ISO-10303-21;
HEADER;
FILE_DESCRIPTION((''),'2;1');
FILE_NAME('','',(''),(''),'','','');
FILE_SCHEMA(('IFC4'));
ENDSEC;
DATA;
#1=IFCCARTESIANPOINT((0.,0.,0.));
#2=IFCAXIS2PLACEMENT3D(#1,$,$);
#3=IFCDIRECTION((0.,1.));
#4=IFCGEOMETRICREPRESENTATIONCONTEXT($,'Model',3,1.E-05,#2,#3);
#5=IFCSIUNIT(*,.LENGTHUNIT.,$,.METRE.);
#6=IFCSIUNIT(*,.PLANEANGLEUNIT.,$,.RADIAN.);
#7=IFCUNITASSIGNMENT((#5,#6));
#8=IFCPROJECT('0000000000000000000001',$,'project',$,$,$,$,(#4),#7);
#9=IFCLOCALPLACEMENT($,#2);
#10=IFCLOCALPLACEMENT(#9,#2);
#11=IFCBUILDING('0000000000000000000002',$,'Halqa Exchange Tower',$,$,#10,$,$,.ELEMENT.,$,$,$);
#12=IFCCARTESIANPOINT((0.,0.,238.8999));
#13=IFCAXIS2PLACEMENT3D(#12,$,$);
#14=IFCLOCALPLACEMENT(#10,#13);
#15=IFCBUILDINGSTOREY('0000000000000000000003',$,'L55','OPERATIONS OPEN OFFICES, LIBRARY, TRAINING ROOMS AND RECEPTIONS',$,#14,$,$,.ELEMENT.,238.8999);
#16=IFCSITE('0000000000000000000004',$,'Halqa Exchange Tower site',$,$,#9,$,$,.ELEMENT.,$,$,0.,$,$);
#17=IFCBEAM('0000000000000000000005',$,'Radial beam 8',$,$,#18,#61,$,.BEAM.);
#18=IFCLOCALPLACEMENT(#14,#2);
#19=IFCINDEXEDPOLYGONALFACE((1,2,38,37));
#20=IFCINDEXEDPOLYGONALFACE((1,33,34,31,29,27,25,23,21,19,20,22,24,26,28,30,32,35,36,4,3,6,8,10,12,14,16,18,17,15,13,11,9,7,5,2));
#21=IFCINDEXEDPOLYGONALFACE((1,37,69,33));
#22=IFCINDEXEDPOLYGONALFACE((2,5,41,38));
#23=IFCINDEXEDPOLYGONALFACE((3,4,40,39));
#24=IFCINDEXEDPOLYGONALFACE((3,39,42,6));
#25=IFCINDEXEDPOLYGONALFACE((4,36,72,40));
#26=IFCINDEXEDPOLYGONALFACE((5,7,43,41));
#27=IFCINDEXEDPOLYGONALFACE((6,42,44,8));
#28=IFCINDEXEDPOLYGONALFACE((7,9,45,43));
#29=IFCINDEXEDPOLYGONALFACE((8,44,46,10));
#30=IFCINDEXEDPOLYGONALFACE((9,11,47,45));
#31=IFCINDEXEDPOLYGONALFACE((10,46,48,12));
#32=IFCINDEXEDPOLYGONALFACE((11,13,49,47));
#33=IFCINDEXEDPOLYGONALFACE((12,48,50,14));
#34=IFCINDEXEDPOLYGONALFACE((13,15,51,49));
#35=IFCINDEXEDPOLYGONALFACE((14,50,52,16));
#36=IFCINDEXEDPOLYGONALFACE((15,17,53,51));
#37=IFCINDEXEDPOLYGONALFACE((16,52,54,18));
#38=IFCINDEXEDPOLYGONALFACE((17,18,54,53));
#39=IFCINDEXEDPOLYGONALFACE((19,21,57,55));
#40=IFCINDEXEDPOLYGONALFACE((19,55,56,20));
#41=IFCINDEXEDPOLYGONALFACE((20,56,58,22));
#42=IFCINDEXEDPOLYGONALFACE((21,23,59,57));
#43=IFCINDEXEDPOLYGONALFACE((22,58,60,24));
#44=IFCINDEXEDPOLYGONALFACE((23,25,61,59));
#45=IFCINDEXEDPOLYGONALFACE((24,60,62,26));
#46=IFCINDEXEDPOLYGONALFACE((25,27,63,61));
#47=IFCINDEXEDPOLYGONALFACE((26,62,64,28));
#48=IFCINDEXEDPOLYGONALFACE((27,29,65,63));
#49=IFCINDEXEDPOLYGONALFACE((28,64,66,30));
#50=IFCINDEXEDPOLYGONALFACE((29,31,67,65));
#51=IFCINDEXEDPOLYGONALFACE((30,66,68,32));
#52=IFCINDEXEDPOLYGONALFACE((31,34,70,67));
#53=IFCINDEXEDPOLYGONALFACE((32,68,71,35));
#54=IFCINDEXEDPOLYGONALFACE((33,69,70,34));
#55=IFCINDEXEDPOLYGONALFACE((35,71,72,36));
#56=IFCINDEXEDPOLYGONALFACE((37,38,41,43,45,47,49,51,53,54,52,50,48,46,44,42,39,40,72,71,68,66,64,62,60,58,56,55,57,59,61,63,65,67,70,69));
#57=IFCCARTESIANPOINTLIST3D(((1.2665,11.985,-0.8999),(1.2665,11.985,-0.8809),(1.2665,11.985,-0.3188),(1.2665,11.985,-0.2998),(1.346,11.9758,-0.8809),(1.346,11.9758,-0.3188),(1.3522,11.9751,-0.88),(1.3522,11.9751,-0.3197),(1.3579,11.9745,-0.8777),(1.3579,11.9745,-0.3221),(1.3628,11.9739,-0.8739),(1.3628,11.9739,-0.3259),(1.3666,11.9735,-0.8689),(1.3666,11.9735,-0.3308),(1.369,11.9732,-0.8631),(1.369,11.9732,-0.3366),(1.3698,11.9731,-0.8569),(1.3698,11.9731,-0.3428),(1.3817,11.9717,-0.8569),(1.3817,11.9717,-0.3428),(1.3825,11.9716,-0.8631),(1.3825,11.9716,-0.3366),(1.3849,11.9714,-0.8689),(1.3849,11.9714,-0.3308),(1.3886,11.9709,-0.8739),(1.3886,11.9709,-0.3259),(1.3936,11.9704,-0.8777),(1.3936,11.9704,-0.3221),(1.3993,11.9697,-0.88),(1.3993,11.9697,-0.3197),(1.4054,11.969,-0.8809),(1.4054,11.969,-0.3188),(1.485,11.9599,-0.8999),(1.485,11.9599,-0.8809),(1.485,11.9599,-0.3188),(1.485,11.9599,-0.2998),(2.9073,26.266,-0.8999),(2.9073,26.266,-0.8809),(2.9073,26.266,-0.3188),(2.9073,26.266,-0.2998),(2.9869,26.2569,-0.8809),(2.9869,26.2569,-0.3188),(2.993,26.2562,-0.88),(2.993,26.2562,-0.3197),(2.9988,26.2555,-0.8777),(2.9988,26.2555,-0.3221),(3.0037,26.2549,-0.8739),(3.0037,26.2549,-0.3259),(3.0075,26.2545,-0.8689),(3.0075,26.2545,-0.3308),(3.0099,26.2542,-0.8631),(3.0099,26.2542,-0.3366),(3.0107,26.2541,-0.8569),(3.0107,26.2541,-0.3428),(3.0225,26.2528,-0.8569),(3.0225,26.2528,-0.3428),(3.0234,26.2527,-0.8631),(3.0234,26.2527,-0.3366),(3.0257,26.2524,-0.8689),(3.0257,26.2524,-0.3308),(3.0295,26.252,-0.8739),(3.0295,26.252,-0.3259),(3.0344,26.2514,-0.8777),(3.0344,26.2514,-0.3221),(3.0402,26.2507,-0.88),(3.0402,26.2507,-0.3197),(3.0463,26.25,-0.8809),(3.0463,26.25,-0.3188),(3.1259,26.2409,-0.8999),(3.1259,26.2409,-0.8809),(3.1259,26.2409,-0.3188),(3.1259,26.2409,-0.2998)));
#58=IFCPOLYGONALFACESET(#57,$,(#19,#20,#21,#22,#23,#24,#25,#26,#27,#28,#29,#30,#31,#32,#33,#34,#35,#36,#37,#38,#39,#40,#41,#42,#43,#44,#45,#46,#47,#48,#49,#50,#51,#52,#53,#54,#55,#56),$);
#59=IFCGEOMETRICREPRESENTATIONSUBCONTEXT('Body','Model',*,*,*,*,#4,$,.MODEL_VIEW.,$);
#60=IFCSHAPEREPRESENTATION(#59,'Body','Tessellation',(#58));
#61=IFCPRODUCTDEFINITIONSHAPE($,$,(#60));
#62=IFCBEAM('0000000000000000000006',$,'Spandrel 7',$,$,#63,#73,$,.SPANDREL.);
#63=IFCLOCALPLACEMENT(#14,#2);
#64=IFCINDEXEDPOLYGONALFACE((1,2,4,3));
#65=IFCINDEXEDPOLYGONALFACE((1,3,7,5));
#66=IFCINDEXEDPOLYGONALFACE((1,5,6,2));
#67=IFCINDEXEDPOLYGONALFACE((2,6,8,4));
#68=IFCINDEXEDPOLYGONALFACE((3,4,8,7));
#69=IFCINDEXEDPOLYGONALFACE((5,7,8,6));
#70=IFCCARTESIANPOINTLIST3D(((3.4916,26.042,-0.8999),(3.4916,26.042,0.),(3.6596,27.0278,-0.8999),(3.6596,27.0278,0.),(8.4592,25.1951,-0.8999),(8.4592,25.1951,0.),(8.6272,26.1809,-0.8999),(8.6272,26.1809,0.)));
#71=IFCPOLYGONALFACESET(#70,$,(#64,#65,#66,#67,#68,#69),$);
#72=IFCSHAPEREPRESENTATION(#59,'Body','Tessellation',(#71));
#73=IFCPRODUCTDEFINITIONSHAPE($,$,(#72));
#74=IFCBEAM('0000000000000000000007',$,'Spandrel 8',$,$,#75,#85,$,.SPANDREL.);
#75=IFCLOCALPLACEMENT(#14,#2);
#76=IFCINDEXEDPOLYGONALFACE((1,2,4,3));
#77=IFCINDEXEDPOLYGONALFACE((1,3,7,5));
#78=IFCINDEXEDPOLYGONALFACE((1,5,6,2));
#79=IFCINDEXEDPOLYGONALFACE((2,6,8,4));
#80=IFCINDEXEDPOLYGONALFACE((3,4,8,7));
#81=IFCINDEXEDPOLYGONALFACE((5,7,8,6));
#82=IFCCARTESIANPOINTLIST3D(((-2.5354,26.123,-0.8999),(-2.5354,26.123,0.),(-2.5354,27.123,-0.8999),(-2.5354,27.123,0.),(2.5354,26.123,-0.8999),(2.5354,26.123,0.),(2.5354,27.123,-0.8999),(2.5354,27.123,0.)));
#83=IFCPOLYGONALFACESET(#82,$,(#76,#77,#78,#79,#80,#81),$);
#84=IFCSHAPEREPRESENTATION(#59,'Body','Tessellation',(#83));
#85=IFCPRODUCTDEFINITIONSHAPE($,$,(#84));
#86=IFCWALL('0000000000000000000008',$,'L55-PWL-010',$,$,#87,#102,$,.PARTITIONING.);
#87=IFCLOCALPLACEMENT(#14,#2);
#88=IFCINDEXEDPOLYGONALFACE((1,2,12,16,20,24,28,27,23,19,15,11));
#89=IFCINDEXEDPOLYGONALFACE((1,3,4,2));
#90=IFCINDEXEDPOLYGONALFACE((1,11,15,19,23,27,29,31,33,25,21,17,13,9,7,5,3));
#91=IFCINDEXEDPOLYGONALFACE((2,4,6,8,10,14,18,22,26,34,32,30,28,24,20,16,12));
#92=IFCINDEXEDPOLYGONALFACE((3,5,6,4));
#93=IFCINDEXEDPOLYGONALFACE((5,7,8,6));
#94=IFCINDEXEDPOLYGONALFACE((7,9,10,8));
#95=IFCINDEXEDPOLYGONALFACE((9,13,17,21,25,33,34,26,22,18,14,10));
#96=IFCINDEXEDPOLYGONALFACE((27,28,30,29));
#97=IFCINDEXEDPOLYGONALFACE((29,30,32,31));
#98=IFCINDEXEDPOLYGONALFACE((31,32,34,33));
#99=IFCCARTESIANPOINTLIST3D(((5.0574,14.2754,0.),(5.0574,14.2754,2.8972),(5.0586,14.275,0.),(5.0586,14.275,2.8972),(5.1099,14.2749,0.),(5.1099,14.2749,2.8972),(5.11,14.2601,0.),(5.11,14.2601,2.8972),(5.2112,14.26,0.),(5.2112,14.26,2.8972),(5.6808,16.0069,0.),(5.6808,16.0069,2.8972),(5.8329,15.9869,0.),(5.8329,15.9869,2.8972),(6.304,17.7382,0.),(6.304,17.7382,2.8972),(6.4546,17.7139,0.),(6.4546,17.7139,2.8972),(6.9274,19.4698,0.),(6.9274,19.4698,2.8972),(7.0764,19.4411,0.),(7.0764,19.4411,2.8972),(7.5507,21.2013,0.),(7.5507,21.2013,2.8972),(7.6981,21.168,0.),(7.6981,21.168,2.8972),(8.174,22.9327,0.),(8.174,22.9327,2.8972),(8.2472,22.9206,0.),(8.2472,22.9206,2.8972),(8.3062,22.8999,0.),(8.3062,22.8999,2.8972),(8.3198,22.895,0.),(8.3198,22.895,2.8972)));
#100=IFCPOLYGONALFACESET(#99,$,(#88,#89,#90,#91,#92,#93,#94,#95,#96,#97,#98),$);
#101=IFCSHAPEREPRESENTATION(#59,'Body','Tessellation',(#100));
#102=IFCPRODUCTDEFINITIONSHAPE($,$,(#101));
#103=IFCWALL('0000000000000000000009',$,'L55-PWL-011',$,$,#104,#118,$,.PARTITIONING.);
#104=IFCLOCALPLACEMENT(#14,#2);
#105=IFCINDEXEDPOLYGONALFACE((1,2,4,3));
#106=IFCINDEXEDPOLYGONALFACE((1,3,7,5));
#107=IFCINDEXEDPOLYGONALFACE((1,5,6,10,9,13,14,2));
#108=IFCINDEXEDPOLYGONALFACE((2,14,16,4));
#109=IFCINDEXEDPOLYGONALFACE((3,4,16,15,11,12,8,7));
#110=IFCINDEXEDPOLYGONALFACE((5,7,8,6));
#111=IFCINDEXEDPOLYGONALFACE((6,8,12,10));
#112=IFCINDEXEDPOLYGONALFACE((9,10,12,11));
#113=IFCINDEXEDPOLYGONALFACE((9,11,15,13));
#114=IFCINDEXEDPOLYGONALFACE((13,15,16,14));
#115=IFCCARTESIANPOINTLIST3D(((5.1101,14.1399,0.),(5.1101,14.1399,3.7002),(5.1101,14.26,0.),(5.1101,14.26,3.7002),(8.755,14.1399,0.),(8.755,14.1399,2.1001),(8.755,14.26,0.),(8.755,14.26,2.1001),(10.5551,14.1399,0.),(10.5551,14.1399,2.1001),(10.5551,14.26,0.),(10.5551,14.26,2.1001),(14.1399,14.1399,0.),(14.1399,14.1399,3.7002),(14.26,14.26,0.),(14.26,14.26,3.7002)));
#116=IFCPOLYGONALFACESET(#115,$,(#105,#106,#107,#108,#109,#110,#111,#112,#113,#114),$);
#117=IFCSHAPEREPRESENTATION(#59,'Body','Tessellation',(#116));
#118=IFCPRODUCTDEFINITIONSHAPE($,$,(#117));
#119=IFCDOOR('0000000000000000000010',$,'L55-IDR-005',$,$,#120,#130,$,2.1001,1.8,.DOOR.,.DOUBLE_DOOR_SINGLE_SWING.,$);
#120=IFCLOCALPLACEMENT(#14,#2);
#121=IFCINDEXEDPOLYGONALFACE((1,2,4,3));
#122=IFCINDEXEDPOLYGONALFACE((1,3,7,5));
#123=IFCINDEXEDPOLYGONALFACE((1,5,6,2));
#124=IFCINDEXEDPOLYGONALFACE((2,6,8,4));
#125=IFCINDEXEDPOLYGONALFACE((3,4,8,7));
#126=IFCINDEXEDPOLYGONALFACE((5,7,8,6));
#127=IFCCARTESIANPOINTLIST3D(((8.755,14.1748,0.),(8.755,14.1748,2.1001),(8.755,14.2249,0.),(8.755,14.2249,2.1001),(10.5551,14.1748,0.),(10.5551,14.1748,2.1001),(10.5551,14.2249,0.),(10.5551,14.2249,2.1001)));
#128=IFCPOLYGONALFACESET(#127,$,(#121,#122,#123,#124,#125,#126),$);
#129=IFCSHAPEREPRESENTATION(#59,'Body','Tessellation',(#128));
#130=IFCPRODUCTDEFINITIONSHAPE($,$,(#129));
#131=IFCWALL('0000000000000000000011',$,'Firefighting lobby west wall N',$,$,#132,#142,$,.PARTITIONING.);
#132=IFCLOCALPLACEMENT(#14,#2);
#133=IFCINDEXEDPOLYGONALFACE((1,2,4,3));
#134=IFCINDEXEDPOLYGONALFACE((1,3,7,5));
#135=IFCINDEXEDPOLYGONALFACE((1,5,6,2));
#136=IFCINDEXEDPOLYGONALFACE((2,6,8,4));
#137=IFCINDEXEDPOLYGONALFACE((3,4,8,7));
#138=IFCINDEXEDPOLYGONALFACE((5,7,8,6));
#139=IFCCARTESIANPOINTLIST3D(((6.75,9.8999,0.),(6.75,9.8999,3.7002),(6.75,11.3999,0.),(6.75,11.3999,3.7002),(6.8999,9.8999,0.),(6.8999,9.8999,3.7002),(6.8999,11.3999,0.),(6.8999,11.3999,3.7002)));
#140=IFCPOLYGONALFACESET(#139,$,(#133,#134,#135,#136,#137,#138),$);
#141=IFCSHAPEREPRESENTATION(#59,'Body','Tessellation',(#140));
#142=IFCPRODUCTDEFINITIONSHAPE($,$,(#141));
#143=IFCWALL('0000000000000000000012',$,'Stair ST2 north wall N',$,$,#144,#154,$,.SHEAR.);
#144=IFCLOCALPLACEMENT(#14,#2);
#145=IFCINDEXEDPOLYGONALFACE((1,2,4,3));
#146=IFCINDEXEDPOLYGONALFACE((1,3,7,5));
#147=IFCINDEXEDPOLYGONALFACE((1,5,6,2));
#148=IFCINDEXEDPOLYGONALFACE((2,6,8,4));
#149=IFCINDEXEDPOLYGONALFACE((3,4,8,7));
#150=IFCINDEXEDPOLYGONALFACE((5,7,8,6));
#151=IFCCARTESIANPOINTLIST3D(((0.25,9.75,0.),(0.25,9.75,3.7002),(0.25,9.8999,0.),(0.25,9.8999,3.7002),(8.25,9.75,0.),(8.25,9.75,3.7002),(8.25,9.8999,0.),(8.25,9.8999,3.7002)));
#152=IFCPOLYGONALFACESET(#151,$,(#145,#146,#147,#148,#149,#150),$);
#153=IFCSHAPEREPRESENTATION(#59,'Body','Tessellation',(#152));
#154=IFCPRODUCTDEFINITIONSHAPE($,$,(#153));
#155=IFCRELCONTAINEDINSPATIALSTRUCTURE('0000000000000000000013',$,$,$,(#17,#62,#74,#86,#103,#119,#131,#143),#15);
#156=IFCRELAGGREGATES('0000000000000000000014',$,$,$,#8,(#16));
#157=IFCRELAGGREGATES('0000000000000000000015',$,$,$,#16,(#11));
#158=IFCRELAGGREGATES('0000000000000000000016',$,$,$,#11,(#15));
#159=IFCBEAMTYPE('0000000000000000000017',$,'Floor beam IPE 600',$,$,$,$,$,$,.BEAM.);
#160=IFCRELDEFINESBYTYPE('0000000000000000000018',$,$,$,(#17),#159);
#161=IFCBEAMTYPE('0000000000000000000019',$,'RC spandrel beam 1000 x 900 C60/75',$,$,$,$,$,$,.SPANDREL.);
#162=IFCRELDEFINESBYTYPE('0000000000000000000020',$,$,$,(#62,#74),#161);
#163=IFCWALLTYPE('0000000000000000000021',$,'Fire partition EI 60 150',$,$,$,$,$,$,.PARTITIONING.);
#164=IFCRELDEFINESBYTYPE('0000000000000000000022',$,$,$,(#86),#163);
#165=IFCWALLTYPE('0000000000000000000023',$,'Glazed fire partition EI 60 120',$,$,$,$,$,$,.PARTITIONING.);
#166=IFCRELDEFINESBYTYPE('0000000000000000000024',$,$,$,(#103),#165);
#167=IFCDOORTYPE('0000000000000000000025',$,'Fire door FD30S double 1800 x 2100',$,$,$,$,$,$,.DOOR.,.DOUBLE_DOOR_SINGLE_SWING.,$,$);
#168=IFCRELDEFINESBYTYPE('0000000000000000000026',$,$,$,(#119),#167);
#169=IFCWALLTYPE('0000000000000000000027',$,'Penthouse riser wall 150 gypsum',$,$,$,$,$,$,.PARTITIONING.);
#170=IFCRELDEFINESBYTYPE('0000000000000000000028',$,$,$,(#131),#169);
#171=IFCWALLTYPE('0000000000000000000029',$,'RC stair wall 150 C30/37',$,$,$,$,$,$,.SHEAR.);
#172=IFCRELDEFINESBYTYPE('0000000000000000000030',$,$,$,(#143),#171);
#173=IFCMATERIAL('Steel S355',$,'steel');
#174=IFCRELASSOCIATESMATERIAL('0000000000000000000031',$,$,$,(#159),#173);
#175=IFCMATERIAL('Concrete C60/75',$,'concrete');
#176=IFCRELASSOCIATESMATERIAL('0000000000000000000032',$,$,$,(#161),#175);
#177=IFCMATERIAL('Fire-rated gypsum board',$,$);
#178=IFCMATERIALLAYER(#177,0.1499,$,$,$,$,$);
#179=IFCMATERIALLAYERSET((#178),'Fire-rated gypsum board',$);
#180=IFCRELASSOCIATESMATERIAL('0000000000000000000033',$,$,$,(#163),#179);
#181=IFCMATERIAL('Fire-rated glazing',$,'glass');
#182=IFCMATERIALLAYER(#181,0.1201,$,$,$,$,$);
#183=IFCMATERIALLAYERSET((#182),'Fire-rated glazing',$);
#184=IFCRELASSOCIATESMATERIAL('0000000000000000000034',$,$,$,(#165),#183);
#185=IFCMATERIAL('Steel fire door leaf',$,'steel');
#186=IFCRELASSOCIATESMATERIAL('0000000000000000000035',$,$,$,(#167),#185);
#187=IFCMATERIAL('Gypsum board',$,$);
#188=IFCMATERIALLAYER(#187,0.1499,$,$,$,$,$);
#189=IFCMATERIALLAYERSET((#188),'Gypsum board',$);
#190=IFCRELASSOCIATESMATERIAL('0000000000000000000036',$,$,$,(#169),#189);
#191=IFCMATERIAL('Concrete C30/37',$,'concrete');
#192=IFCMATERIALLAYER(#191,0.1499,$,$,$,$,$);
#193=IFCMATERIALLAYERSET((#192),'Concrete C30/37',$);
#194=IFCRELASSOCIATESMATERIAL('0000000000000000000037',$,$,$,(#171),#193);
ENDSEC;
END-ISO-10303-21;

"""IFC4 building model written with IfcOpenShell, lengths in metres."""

from ifc_helpers import new_model, si_unit, direction, frame, frame_2d, origin, origin_2d, place, context, subcontext, project, spatial, polyline, rectangle, i_section, outline, extrude, material, layer, layer_set, material_profile, profile_set, type_object, element, fill, save


model = new_model("IFC4")

# Units and contexts
model_context = context("Model", 3, precision=1e-05, world=origin(), true_north=direction((0.0, 1.0)))
body_context = subcontext(model_context, "Body", "Model", "MODEL_VIEW")
ifc_project = project(units=[si_unit("LENGTHUNIT", "METRE"), si_unit("PLANEANGLEUNIT", "RADIAN")], contexts=[model_context])

# Site, building, storey
site_placement = place(None, origin())
site = spatial("IfcSite", under=ifc_project, at=site_placement, Name="Halqa Exchange Tower site", CompositionType="ELEMENT", RefElevation=0.0)
building_placement = place(site_placement, origin())
building = spatial("IfcBuilding", under=site, at=building_placement, Name="Halqa Exchange Tower", CompositionType="ELEMENT")
storey_placement = place(building_placement, frame((0.0, 0.0, 238.8999)))
storey = spatial("IfcBuildingStorey", under=building, at=storey_placement, Name="L55", Description="OPERATIONS OPEN OFFICES, LIBRARY, TRAINING ROOMS AND RECEPTIONS", CompositionType="ELEMENT", Elevation=238.8999)

# Shared definitions
ifc_material_1 = material(Name="Concrete C60/75", Category="concrete")

# Beams
ifc_material_2 = material(Name="Steel S355", Category="steel")
ifc_material_profile_1 = material_profile(ifc_material_2, i_section(OverallWidth=0.22, OverallDepth=0.6001, WebThickness=0.012, FlangeThickness=0.019, FilletRadius=0.0239, at=origin_2d()), Name="IPE 600")
ifc_profile_set_1 = profile_set([ifc_material_profile_1], Name="Steel S355")
beam_type_1 = type_object("IfcBeamType", Name="Floor beam IPE 600", PredefinedType="BEAM", material=ifc_profile_set_1)
beam_1_placement = place(storey_placement, frame((1.3757, 11.9724, -0.5999), z_axis=(0.114148, 0.993464, 0.0), x_axis=(-0.993464, 0.114148, 0.0)))
element("IfcBeam", 1, at=beam_1_placement, inside=storey, type_object=beam_type_1, Name="Radial beam 8", PredefinedType="BEAM", context=body_context, shape_type="SweptSolid", body=[
    extrude(i_section(OverallWidth=0.22, OverallDepth=0.6001, WebThickness=0.012, FlangeThickness=0.019, FilletRadius=0.0239, at=origin_2d()), origin(), (0.0, 0.0, 1.0), 14.375),
])
ifc_material_profile_2 = material_profile(ifc_material_1, rectangle(XDim=1.0, YDim=0.8999, at=origin_2d()), Name="1000 x 900")
ifc_profile_set_2 = profile_set([ifc_material_profile_2], Name="Concrete C60/75")
beam_type_2 = type_object("IfcBeamType", Name="RC spandrel beam 1000 x 900 C60/75", PredefinedType="SPANDREL", material=ifc_profile_set_2)
beam_2_placement = place(storey_placement, frame((8.5432, 25.688, -0.45), z_axis=(-0.985776, 0.168067, 0.0), x_axis=(-0.168067, -0.985776, 0.0)))
element("IfcBeam", 2, at=beam_2_placement, inside=storey, type_object=beam_type_2, Name="Spandrel 7", PredefinedType="SPANDREL", context=body_context, shape_type="SweptSolid", body=[
    extrude(rectangle(XDim=1.0, YDim=0.8999, at=origin_2d()), origin(), (0.0, 0.0, 1.0), 5.0393),
])
beam_3_placement = place(storey_placement, frame((2.5354, 26.623, -0.45), z_axis=(-1.0, 0.0, 0.0), x_axis=(0.0, -1.0, 0.0)))
element("IfcBeam", 3, at=beam_3_placement, inside=storey, type_object=beam_type_2, Name="Spandrel 8", PredefinedType="SPANDREL", context=body_context, shape_type="SweptSolid", body=[
    extrude(rectangle(XDim=1.0, YDim=0.8999, at=origin_2d()), origin(), (0.0, 0.0, 1.0), 5.0708),
])

# Wall
ifc_material_3 = material(Name="Fire-rated gypsum board")
ifc_layer_1 = layer(ifc_material_3, 0.1499)
ifc_layer_set_1 = layer_set([ifc_layer_1], Name="Fire-rated gypsum board")
wall_type_1 = type_object("IfcWallType", Name="Fire partition EI 60 150", PredefinedType="PARTITIONING", material=ifc_layer_set_1)
wall_1_placement = place(storey_placement, frame((5.1279, 14.25, 0.0), z_axis=(0.0, 0.0, 1.0), x_axis=(0.338719, 0.940888, 0.0)))
element("IfcWall", 4, at=wall_1_placement, inside=storey, type_object=wall_type_1, Name="L55-PWL-010", PredefinedType="PARTITIONING", context=body_context, shape_type="SweptSolid", body=[
    extrude(outline(polyline([(9.2151, -0.075), (9.2151, -0.0605), (9.2146, 0.002), (9.2012, 0.075), (7.3611, 0.075), (5.5208, 0.075), (3.6804, 0.075), (1.8403, 0.075), (0.0, 0.075), (0.0, 0.0737), (0.0173, 0.0254), (0.0034, 0.0203), (0.0376, -0.075), (1.873, -0.075), (3.7085, -0.075), (5.5442, -0.075), (7.3796, -0.075), (9.2151, -0.075)])), origin(), (0.0, 0.0, 1.0), 2.8972),
])

# Wall, opening, door
ifc_material_4 = material(Name="Fire-rated glazing", Category="glass")
ifc_layer_2 = layer(ifc_material_4, 0.1201)
ifc_layer_set_2 = layer_set([ifc_layer_2], Name="Fire-rated glazing")
wall_type_2 = type_object("IfcWallType", Name="Glazed fire partition EI 60 120", PredefinedType="PARTITIONING", material=ifc_layer_set_2)
wall_2_placement = place(storey_placement, frame((5.1101, 14.2, 0.0), z_axis=(0.0, 0.0, 1.0), x_axis=(1.0, 0.0, 0.0)))
wall_2 = element("IfcWall", 5, at=wall_2_placement, inside=storey, type_object=wall_type_2, Name="L55-PWL-011", PredefinedType="PARTITIONING", context=body_context, shape_type="SweptSolid", body=[
    extrude(outline(polyline([(0.0, -0.0601), (1.8059, -0.0601), (3.6118, -0.0601), (5.418, -0.0601), (7.2239, -0.0601), (9.0298, -0.0601), (9.1499, 0.0601), (7.3198, 0.0601), (5.49, 0.0601), (3.6599, 0.0601), (1.8301, 0.0601), (0.0, 0.0601), (0.0, -0.0601)])), origin(), (0.0, 0.0, 1.0), 3.7002),
])
opening_1_placement = place(wall_2_placement, frame((3.645, 0.0, 0.0)))
opening_1 = element("IfcOpeningElement", 6, at=opening_1_placement, cuts=wall_2, PredefinedType="OPENING", context=body_context, shape_type="SweptSolid", body=[
    extrude(rectangle(XDim=1.8, YDim=2.1001, at=frame_2d((0.8999, 1.05))), frame((0.0, 0.072, 0.0), z_axis=(0.0, -1.0, 0.0), x_axis=(1.0, 0.0, 0.0)), (0.0, 0.0, 1.0), 0.144),
])
ifc_material_5 = material(Name="Steel fire door leaf", Category="steel")
door_type_1 = type_object("IfcDoorType", Name="Fire door FD30S double 1800 x 2100", OperationType="DOUBLE_DOOR_SINGLE_SWING", PredefinedType="DOOR", material=ifc_material_5)
door_1_placement = place(opening_1_placement, origin())
door_1 = element("IfcDoor", 7, at=door_1_placement, inside=storey, type_object=door_type_1, Name="L55-IDR-005", OperationType="DOUBLE_DOOR_SINGLE_SWING", OverallHeight=2.1001, OverallWidth=1.8, PredefinedType="DOOR", context=body_context, shape_type="SweptSolid", body=[
    extrude(rectangle(XDim=1.8, YDim=2.1001, at=frame_2d((0.8999, 1.05))), frame((0.0, 0.0249, 0.0), z_axis=(0.0, -1.0, 0.0), x_axis=(1.0, 0.0, 0.0)), (0.0, 0.0, 1.0), 0.05),
])
fill(opening_1, door_1)

# Walls
ifc_material_6 = material(Name="Gypsum board")
ifc_layer_3 = layer(ifc_material_6, 0.1499)
ifc_layer_set_3 = layer_set([ifc_layer_3], Name="Gypsum board")
wall_type_3 = type_object("IfcWallType", Name="Penthouse riser wall 150 gypsum", PredefinedType="PARTITIONING", material=ifc_layer_set_3)
wall_3_placement = place(storey_placement, frame((6.825, 9.8999, 0.0), z_axis=(0.0, 0.0, 1.0), x_axis=(0.0, 1.0, 0.0)))
element("IfcWall", 8, at=wall_3_placement, inside=storey, type_object=wall_type_3, Name="Firefighting lobby west wall N", PredefinedType="PARTITIONING", context=body_context, shape_type="SweptSolid", body=[
    extrude(rectangle(XDim=1.5, YDim=0.1499, at=frame_2d((0.75, 0.0))), origin(), (0.0, 0.0, 1.0), 3.7002),
])
ifc_material_7 = material(Name="Concrete C30/37", Category="concrete")
ifc_layer_4 = layer(ifc_material_7, 0.1499)
ifc_layer_set_4 = layer_set([ifc_layer_4], Name="Concrete C30/37")
wall_type_4 = type_object("IfcWallType", Name="RC stair wall 150 C30/37", PredefinedType="SHEAR", material=ifc_layer_set_4)
wall_4_placement = place(storey_placement, frame((0.25, 9.825, 0.0), z_axis=(0.0, 0.0, 1.0), x_axis=(1.0, 0.0, 0.0)))
element("IfcWall", 9, at=wall_4_placement, inside=storey, type_object=wall_type_4, Name="Stair ST2 north wall N", PredefinedType="SHEAR", context=body_context, shape_type="SweptSolid", body=[
    extrude(rectangle(XDim=8.0, YDim=0.1499, at=frame_2d((4.0, 0.0))), origin(), (0.0, 0.0, 1.0), 3.7002),
])

save(model, "model.ifc")
